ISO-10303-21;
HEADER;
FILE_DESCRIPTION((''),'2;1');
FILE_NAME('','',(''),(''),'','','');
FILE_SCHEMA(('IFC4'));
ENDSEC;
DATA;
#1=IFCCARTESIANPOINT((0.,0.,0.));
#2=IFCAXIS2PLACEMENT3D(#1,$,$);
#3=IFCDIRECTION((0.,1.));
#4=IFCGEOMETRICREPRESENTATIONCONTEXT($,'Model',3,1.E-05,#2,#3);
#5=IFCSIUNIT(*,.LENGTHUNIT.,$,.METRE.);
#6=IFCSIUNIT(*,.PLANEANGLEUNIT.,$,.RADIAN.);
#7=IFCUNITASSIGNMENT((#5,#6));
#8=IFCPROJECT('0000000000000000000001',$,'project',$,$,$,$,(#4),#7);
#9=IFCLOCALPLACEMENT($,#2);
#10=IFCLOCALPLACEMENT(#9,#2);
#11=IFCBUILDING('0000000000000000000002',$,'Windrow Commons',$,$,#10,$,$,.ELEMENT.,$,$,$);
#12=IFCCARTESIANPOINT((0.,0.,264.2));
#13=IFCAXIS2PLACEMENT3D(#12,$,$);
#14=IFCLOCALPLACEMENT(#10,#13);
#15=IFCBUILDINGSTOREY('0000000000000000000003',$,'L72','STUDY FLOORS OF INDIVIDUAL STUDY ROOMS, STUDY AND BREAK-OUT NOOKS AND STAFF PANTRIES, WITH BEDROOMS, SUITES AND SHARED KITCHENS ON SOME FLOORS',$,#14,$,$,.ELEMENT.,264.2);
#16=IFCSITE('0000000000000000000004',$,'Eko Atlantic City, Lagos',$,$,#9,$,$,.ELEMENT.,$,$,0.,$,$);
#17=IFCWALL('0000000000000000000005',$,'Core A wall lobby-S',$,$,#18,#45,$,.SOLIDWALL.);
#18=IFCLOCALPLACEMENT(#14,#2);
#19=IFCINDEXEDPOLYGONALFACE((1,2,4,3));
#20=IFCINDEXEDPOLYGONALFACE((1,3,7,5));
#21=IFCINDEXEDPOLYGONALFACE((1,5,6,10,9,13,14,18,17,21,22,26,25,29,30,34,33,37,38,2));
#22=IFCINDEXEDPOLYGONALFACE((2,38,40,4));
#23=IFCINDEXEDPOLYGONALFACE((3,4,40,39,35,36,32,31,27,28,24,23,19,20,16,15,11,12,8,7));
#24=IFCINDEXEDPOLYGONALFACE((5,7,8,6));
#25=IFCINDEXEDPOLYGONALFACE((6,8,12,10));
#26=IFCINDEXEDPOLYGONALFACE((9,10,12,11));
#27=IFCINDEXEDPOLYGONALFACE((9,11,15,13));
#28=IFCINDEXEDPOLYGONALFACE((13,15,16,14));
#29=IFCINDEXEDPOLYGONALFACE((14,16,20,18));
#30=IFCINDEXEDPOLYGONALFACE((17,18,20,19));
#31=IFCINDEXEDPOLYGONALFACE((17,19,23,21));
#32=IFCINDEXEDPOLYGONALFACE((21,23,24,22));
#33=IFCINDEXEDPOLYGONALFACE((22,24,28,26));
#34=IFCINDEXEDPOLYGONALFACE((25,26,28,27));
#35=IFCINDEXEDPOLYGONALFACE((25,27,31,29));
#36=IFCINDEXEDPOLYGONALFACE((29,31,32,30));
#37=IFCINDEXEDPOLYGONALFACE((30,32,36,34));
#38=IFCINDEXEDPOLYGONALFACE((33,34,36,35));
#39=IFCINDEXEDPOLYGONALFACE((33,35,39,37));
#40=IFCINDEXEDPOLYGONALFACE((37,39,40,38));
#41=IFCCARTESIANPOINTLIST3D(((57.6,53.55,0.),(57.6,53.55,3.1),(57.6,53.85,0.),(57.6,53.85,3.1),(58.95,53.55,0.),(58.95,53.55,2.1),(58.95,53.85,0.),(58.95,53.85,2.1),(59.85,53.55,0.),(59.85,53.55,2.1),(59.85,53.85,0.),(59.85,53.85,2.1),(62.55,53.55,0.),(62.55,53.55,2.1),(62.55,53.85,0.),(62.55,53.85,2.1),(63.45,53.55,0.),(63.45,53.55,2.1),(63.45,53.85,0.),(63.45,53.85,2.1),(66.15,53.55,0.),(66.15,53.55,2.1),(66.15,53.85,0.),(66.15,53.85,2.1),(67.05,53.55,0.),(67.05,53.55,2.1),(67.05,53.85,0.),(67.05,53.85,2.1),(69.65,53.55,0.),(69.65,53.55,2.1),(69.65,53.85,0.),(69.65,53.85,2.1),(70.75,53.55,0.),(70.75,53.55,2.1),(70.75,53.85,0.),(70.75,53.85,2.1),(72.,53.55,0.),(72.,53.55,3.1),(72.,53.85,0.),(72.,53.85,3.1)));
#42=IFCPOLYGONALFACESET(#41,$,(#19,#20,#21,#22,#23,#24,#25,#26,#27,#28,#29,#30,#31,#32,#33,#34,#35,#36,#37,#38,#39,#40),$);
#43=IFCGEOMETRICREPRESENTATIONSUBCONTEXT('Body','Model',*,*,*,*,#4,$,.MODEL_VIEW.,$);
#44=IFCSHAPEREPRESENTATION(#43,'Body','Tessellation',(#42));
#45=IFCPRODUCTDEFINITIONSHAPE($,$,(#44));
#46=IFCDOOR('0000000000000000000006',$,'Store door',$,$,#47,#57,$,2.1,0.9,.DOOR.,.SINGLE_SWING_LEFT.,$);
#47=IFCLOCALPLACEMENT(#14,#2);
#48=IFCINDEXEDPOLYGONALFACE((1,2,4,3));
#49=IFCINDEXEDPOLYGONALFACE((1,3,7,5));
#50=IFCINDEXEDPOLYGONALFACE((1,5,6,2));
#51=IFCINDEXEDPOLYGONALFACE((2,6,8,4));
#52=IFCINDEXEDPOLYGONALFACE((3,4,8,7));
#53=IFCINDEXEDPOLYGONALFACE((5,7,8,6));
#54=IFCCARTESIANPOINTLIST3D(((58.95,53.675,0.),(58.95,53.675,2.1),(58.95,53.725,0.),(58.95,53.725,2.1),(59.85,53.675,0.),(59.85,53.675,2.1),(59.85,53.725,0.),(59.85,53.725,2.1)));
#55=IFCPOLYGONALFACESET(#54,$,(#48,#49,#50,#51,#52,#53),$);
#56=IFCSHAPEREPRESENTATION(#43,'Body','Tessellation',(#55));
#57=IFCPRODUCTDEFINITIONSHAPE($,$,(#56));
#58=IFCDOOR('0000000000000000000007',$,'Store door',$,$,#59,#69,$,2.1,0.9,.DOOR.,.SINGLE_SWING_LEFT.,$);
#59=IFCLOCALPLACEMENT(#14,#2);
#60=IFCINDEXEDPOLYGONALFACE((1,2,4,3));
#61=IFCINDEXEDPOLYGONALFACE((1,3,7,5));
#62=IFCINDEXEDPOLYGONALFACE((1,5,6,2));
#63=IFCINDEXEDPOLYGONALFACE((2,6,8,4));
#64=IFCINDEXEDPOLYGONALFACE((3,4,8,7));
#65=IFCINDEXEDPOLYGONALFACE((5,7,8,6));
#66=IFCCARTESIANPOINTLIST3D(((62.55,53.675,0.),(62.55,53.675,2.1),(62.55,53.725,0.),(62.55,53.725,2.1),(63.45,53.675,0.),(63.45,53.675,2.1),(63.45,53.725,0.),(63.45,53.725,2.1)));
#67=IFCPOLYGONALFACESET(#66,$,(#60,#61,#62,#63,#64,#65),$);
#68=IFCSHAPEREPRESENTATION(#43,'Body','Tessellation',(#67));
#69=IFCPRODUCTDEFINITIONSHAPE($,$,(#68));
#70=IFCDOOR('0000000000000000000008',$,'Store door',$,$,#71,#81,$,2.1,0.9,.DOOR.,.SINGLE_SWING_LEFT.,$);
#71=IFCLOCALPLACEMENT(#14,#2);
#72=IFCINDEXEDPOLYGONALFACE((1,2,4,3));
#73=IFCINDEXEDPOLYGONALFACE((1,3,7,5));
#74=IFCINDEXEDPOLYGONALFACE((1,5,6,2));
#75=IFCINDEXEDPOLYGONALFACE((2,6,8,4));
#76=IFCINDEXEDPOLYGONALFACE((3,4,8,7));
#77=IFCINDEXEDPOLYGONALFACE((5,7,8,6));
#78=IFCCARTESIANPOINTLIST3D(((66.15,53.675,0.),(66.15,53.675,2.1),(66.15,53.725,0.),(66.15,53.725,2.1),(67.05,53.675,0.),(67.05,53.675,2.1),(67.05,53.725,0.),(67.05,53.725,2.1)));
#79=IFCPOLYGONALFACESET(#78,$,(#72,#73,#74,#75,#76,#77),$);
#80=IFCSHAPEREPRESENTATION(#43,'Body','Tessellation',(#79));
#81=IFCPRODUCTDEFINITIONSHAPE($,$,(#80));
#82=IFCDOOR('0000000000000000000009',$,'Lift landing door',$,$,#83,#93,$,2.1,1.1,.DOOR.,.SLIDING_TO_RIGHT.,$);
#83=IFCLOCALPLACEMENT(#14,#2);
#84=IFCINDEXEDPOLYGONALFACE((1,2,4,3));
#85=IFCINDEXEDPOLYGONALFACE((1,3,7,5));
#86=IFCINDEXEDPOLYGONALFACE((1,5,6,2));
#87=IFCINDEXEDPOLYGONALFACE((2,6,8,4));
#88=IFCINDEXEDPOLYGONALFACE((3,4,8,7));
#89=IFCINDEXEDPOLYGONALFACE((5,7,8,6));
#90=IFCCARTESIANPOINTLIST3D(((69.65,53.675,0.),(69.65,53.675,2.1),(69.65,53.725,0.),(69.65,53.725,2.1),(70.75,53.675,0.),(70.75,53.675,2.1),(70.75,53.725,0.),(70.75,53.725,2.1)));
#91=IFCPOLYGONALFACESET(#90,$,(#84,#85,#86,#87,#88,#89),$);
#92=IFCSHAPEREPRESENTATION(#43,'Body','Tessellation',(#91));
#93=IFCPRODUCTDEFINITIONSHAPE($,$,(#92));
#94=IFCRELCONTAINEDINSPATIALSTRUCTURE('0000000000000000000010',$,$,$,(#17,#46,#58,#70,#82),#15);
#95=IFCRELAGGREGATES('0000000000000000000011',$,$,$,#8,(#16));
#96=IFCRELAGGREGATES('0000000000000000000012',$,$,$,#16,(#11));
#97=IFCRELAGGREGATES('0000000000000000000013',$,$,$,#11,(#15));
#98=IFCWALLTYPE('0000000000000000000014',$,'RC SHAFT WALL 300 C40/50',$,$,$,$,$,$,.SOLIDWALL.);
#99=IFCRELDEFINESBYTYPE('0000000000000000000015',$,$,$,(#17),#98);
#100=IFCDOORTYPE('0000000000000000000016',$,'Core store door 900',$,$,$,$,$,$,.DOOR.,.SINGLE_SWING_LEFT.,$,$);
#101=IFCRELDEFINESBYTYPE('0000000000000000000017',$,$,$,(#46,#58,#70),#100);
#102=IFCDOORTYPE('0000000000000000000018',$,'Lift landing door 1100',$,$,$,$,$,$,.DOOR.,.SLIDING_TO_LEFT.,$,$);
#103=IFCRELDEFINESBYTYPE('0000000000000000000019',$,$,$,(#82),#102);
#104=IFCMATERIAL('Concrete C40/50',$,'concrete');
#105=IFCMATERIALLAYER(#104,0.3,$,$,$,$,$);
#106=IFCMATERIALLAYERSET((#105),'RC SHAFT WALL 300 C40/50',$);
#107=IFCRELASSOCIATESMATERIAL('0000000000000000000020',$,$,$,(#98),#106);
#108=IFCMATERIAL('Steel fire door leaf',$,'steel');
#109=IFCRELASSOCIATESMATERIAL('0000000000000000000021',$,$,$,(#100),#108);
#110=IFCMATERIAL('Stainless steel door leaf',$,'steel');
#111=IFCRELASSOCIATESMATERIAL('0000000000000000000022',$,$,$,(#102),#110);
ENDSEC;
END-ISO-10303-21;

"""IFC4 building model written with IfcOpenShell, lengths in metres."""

from ifc_helpers import new_model, si_unit, direction, frame, frame_2d, origin, place, context, subcontext, project, spatial, rectangle, extrude, material, layer, layer_set, type_object, element, fill, save


model = new_model("IFC4")

# Units and contexts
model_context = context("Model", 3, precision=1e-05, world=origin(), true_north=direction((0.0, 1.0)))
body_context = subcontext(model_context, "Body", "Model", "MODEL_VIEW")
ifc_project = project(units=[si_unit("LENGTHUNIT", "METRE"), si_unit("PLANEANGLEUNIT", "RADIAN")], contexts=[model_context])

# Site, building, storey
site_placement = place(None, origin())
site = spatial("IfcSite", under=ifc_project, at=site_placement, Name="Eko Atlantic City, Lagos", CompositionType="ELEMENT", RefElevation=0.0)
building_placement = place(site_placement, origin())
building = spatial("IfcBuilding", under=site, at=building_placement, Name="Windrow Commons", CompositionType="ELEMENT")
storey_placement = place(building_placement, frame((0.0, 0.0, 264.2)))
storey = spatial("IfcBuildingStorey", under=building, at=storey_placement, Name="L72", Description="STUDY FLOORS OF INDIVIDUAL STUDY ROOMS, STUDY AND BREAK-OUT NOOKS AND STAFF PANTRIES, WITH BEDROOMS, SUITES AND SHARED KITCHENS ON SOME FLOORS", CompositionType="ELEMENT", Elevation=264.2)

# Shared definitions
ifc_material_1 = material(Name="Concrete C40/50", Category="concrete")
ifc_layer_1 = layer(ifc_material_1, 0.3)
ifc_layer_set_1 = layer_set([ifc_layer_1], Name="RC SHAFT WALL 300 C40/50")
wall_type_1 = type_object("IfcWallType", Name="RC SHAFT WALL 300 C40/50", PredefinedType="SOLIDWALL", material=ifc_layer_set_1)

# Wall, openings, doors
wall_1_placement = place(storey_placement, frame((57.6, 53.7, 0.0), z_axis=(0.0, 0.0, 1.0), x_axis=(1.0, 0.0, 0.0)))
wall_1 = element("IfcWall", 1, at=wall_1_placement, inside=storey, type_object=wall_type_1, Name="Core A wall lobby-S", PredefinedType="SOLIDWALL", context=body_context, shape_type="SweptSolid", body=[
    extrude(rectangle(XDim=14.4, YDim=0.3, at=frame_2d((7.2, 0.0))), origin(), (0.0, 0.0, 1.0), 3.1),
])
opening_1_placement = place(wall_1_placement, frame((1.35, 0.0, 0.0)))
opening_1 = element("IfcOpeningElement", 2, at=opening_1_placement, cuts=wall_1, PredefinedType="OPENING", context=body_context, shape_type="SweptSolid", body=[
    extrude(rectangle(XDim=0.9, YDim=2.1, at=frame_2d((0.45, 1.05))), frame((0.0, 0.16, 0.0), z_axis=(0.0, -1.0, 0.0), x_axis=(1.0, 0.0, 0.0)), (0.0, 0.0, 1.0), 0.32),
])
opening_2_placement = place(wall_1_placement, frame((4.95, 0.0, 0.0)))
opening_2 = element("IfcOpeningElement", 3, at=opening_2_placement, cuts=wall_1, PredefinedType="OPENING", context=body_context, shape_type="SweptSolid", body=[
    extrude(rectangle(XDim=0.9, YDim=2.1, at=frame_2d((0.45, 1.05))), frame((0.0, 0.16, 0.0), z_axis=(0.0, -1.0, 0.0), x_axis=(1.0, 0.0, 0.0)), (0.0, 0.0, 1.0), 0.32),
])
opening_3_placement = place(wall_1_placement, frame((8.55, 0.0, 0.0)))
opening_3 = element("IfcOpeningElement", 4, at=opening_3_placement, cuts=wall_1, PredefinedType="OPENING", context=body_context, shape_type="SweptSolid", body=[
    extrude(rectangle(XDim=0.9, YDim=2.1, at=frame_2d((0.45, 1.05))), frame((0.0, 0.16, 0.0), z_axis=(0.0, -1.0, 0.0), x_axis=(1.0, 0.0, 0.0)), (0.0, 0.0, 1.0), 0.32),
])
opening_4_placement = place(wall_1_placement, frame((12.05, 0.0, 0.0)))
opening_4 = element("IfcOpeningElement", 5, at=opening_4_placement, cuts=wall_1, PredefinedType="OPENING", context=body_context, shape_type="SweptSolid", body=[
    extrude(rectangle(XDim=1.1, YDim=2.1, at=frame_2d((0.55, 1.05))), frame((0.0, 0.16, 0.0), z_axis=(0.0, -1.0, 0.0), x_axis=(1.0, 0.0, 0.0)), (0.0, 0.0, 1.0), 0.32),
])
ifc_material_2 = material(Name="Steel fire door leaf", Category="steel")
door_type_1 = type_object("IfcDoorType", Name="Core store door 900", OperationType="SINGLE_SWING_LEFT", PredefinedType="DOOR", material=ifc_material_2)
door_1_placement = place(opening_1_placement, origin())
door_1 = element("IfcDoor", 6, at=door_1_placement, inside=storey, type_object=door_type_1, Name="Store door", OperationType="SINGLE_SWING_LEFT", OverallHeight=2.1, OverallWidth=0.9, PredefinedType="DOOR", context=body_context, shape_type="SweptSolid", body=[
    extrude(rectangle(XDim=0.9, YDim=2.1, at=frame_2d((0.45, 1.05))), frame((0.0, 0.025, 0.0), z_axis=(0.0, -1.0, 0.0), x_axis=(1.0, 0.0, 0.0)), (0.0, 0.0, 1.0), 0.05),
])
fill(opening_1, door_1)
door_2_placement = place(opening_2_placement, origin())
door_2 = element("IfcDoor", 7, at=door_2_placement, inside=storey, type_object=door_type_1, Name="Store door", OperationType="SINGLE_SWING_LEFT", OverallHeight=2.1, OverallWidth=0.9, PredefinedType="DOOR", context=body_context, shape_type="SweptSolid", body=[
    extrude(rectangle(XDim=0.9, YDim=2.1, at=frame_2d((0.45, 1.05))), frame((0.0, 0.025, 0.0), z_axis=(0.0, -1.0, 0.0), x_axis=(1.0, 0.0, 0.0)), (0.0, 0.0, 1.0), 0.05),
])
fill(opening_2, door_2)
door_3_placement = place(opening_3_placement, origin())
door_3 = element("IfcDoor", 8, at=door_3_placement, inside=storey, type_object=door_type_1, Name="Store door", OperationType="SINGLE_SWING_LEFT", OverallHeight=2.1, OverallWidth=0.9, PredefinedType="DOOR", context=body_context, shape_type="SweptSolid", body=[
    extrude(rectangle(XDim=0.9, YDim=2.1, at=frame_2d((0.45, 1.05))), frame((0.0, 0.025, 0.0), z_axis=(0.0, -1.0, 0.0), x_axis=(1.0, 0.0, 0.0)), (0.0, 0.0, 1.0), 0.05),
])
fill(opening_3, door_3)
ifc_material_3 = material(Name="Stainless steel door leaf", Category="steel")
door_type_2 = type_object("IfcDoorType", Name="Lift landing door 1100", OperationType="SLIDING_TO_LEFT", PredefinedType="DOOR", material=ifc_material_3)
door_4_placement = place(opening_4_placement, origin())
door_4 = element("IfcDoor", 9, at=door_4_placement, inside=storey, type_object=door_type_2, Name="Lift landing door", OperationType="SLIDING_TO_RIGHT", OverallHeight=2.1, OverallWidth=1.1, PredefinedType="DOOR", context=body_context, shape_type="SweptSolid", body=[
    extrude(rectangle(XDim=1.1, YDim=2.1, at=frame_2d((0.55, 1.05))), frame((0.0, 0.025, 0.0), z_axis=(0.0, -1.0, 0.0), x_axis=(1.0, 0.0, 0.0)), (0.0, 0.0, 1.0), 0.05),
])
fill(opening_4, door_4)

save(model, "model.ifc")
